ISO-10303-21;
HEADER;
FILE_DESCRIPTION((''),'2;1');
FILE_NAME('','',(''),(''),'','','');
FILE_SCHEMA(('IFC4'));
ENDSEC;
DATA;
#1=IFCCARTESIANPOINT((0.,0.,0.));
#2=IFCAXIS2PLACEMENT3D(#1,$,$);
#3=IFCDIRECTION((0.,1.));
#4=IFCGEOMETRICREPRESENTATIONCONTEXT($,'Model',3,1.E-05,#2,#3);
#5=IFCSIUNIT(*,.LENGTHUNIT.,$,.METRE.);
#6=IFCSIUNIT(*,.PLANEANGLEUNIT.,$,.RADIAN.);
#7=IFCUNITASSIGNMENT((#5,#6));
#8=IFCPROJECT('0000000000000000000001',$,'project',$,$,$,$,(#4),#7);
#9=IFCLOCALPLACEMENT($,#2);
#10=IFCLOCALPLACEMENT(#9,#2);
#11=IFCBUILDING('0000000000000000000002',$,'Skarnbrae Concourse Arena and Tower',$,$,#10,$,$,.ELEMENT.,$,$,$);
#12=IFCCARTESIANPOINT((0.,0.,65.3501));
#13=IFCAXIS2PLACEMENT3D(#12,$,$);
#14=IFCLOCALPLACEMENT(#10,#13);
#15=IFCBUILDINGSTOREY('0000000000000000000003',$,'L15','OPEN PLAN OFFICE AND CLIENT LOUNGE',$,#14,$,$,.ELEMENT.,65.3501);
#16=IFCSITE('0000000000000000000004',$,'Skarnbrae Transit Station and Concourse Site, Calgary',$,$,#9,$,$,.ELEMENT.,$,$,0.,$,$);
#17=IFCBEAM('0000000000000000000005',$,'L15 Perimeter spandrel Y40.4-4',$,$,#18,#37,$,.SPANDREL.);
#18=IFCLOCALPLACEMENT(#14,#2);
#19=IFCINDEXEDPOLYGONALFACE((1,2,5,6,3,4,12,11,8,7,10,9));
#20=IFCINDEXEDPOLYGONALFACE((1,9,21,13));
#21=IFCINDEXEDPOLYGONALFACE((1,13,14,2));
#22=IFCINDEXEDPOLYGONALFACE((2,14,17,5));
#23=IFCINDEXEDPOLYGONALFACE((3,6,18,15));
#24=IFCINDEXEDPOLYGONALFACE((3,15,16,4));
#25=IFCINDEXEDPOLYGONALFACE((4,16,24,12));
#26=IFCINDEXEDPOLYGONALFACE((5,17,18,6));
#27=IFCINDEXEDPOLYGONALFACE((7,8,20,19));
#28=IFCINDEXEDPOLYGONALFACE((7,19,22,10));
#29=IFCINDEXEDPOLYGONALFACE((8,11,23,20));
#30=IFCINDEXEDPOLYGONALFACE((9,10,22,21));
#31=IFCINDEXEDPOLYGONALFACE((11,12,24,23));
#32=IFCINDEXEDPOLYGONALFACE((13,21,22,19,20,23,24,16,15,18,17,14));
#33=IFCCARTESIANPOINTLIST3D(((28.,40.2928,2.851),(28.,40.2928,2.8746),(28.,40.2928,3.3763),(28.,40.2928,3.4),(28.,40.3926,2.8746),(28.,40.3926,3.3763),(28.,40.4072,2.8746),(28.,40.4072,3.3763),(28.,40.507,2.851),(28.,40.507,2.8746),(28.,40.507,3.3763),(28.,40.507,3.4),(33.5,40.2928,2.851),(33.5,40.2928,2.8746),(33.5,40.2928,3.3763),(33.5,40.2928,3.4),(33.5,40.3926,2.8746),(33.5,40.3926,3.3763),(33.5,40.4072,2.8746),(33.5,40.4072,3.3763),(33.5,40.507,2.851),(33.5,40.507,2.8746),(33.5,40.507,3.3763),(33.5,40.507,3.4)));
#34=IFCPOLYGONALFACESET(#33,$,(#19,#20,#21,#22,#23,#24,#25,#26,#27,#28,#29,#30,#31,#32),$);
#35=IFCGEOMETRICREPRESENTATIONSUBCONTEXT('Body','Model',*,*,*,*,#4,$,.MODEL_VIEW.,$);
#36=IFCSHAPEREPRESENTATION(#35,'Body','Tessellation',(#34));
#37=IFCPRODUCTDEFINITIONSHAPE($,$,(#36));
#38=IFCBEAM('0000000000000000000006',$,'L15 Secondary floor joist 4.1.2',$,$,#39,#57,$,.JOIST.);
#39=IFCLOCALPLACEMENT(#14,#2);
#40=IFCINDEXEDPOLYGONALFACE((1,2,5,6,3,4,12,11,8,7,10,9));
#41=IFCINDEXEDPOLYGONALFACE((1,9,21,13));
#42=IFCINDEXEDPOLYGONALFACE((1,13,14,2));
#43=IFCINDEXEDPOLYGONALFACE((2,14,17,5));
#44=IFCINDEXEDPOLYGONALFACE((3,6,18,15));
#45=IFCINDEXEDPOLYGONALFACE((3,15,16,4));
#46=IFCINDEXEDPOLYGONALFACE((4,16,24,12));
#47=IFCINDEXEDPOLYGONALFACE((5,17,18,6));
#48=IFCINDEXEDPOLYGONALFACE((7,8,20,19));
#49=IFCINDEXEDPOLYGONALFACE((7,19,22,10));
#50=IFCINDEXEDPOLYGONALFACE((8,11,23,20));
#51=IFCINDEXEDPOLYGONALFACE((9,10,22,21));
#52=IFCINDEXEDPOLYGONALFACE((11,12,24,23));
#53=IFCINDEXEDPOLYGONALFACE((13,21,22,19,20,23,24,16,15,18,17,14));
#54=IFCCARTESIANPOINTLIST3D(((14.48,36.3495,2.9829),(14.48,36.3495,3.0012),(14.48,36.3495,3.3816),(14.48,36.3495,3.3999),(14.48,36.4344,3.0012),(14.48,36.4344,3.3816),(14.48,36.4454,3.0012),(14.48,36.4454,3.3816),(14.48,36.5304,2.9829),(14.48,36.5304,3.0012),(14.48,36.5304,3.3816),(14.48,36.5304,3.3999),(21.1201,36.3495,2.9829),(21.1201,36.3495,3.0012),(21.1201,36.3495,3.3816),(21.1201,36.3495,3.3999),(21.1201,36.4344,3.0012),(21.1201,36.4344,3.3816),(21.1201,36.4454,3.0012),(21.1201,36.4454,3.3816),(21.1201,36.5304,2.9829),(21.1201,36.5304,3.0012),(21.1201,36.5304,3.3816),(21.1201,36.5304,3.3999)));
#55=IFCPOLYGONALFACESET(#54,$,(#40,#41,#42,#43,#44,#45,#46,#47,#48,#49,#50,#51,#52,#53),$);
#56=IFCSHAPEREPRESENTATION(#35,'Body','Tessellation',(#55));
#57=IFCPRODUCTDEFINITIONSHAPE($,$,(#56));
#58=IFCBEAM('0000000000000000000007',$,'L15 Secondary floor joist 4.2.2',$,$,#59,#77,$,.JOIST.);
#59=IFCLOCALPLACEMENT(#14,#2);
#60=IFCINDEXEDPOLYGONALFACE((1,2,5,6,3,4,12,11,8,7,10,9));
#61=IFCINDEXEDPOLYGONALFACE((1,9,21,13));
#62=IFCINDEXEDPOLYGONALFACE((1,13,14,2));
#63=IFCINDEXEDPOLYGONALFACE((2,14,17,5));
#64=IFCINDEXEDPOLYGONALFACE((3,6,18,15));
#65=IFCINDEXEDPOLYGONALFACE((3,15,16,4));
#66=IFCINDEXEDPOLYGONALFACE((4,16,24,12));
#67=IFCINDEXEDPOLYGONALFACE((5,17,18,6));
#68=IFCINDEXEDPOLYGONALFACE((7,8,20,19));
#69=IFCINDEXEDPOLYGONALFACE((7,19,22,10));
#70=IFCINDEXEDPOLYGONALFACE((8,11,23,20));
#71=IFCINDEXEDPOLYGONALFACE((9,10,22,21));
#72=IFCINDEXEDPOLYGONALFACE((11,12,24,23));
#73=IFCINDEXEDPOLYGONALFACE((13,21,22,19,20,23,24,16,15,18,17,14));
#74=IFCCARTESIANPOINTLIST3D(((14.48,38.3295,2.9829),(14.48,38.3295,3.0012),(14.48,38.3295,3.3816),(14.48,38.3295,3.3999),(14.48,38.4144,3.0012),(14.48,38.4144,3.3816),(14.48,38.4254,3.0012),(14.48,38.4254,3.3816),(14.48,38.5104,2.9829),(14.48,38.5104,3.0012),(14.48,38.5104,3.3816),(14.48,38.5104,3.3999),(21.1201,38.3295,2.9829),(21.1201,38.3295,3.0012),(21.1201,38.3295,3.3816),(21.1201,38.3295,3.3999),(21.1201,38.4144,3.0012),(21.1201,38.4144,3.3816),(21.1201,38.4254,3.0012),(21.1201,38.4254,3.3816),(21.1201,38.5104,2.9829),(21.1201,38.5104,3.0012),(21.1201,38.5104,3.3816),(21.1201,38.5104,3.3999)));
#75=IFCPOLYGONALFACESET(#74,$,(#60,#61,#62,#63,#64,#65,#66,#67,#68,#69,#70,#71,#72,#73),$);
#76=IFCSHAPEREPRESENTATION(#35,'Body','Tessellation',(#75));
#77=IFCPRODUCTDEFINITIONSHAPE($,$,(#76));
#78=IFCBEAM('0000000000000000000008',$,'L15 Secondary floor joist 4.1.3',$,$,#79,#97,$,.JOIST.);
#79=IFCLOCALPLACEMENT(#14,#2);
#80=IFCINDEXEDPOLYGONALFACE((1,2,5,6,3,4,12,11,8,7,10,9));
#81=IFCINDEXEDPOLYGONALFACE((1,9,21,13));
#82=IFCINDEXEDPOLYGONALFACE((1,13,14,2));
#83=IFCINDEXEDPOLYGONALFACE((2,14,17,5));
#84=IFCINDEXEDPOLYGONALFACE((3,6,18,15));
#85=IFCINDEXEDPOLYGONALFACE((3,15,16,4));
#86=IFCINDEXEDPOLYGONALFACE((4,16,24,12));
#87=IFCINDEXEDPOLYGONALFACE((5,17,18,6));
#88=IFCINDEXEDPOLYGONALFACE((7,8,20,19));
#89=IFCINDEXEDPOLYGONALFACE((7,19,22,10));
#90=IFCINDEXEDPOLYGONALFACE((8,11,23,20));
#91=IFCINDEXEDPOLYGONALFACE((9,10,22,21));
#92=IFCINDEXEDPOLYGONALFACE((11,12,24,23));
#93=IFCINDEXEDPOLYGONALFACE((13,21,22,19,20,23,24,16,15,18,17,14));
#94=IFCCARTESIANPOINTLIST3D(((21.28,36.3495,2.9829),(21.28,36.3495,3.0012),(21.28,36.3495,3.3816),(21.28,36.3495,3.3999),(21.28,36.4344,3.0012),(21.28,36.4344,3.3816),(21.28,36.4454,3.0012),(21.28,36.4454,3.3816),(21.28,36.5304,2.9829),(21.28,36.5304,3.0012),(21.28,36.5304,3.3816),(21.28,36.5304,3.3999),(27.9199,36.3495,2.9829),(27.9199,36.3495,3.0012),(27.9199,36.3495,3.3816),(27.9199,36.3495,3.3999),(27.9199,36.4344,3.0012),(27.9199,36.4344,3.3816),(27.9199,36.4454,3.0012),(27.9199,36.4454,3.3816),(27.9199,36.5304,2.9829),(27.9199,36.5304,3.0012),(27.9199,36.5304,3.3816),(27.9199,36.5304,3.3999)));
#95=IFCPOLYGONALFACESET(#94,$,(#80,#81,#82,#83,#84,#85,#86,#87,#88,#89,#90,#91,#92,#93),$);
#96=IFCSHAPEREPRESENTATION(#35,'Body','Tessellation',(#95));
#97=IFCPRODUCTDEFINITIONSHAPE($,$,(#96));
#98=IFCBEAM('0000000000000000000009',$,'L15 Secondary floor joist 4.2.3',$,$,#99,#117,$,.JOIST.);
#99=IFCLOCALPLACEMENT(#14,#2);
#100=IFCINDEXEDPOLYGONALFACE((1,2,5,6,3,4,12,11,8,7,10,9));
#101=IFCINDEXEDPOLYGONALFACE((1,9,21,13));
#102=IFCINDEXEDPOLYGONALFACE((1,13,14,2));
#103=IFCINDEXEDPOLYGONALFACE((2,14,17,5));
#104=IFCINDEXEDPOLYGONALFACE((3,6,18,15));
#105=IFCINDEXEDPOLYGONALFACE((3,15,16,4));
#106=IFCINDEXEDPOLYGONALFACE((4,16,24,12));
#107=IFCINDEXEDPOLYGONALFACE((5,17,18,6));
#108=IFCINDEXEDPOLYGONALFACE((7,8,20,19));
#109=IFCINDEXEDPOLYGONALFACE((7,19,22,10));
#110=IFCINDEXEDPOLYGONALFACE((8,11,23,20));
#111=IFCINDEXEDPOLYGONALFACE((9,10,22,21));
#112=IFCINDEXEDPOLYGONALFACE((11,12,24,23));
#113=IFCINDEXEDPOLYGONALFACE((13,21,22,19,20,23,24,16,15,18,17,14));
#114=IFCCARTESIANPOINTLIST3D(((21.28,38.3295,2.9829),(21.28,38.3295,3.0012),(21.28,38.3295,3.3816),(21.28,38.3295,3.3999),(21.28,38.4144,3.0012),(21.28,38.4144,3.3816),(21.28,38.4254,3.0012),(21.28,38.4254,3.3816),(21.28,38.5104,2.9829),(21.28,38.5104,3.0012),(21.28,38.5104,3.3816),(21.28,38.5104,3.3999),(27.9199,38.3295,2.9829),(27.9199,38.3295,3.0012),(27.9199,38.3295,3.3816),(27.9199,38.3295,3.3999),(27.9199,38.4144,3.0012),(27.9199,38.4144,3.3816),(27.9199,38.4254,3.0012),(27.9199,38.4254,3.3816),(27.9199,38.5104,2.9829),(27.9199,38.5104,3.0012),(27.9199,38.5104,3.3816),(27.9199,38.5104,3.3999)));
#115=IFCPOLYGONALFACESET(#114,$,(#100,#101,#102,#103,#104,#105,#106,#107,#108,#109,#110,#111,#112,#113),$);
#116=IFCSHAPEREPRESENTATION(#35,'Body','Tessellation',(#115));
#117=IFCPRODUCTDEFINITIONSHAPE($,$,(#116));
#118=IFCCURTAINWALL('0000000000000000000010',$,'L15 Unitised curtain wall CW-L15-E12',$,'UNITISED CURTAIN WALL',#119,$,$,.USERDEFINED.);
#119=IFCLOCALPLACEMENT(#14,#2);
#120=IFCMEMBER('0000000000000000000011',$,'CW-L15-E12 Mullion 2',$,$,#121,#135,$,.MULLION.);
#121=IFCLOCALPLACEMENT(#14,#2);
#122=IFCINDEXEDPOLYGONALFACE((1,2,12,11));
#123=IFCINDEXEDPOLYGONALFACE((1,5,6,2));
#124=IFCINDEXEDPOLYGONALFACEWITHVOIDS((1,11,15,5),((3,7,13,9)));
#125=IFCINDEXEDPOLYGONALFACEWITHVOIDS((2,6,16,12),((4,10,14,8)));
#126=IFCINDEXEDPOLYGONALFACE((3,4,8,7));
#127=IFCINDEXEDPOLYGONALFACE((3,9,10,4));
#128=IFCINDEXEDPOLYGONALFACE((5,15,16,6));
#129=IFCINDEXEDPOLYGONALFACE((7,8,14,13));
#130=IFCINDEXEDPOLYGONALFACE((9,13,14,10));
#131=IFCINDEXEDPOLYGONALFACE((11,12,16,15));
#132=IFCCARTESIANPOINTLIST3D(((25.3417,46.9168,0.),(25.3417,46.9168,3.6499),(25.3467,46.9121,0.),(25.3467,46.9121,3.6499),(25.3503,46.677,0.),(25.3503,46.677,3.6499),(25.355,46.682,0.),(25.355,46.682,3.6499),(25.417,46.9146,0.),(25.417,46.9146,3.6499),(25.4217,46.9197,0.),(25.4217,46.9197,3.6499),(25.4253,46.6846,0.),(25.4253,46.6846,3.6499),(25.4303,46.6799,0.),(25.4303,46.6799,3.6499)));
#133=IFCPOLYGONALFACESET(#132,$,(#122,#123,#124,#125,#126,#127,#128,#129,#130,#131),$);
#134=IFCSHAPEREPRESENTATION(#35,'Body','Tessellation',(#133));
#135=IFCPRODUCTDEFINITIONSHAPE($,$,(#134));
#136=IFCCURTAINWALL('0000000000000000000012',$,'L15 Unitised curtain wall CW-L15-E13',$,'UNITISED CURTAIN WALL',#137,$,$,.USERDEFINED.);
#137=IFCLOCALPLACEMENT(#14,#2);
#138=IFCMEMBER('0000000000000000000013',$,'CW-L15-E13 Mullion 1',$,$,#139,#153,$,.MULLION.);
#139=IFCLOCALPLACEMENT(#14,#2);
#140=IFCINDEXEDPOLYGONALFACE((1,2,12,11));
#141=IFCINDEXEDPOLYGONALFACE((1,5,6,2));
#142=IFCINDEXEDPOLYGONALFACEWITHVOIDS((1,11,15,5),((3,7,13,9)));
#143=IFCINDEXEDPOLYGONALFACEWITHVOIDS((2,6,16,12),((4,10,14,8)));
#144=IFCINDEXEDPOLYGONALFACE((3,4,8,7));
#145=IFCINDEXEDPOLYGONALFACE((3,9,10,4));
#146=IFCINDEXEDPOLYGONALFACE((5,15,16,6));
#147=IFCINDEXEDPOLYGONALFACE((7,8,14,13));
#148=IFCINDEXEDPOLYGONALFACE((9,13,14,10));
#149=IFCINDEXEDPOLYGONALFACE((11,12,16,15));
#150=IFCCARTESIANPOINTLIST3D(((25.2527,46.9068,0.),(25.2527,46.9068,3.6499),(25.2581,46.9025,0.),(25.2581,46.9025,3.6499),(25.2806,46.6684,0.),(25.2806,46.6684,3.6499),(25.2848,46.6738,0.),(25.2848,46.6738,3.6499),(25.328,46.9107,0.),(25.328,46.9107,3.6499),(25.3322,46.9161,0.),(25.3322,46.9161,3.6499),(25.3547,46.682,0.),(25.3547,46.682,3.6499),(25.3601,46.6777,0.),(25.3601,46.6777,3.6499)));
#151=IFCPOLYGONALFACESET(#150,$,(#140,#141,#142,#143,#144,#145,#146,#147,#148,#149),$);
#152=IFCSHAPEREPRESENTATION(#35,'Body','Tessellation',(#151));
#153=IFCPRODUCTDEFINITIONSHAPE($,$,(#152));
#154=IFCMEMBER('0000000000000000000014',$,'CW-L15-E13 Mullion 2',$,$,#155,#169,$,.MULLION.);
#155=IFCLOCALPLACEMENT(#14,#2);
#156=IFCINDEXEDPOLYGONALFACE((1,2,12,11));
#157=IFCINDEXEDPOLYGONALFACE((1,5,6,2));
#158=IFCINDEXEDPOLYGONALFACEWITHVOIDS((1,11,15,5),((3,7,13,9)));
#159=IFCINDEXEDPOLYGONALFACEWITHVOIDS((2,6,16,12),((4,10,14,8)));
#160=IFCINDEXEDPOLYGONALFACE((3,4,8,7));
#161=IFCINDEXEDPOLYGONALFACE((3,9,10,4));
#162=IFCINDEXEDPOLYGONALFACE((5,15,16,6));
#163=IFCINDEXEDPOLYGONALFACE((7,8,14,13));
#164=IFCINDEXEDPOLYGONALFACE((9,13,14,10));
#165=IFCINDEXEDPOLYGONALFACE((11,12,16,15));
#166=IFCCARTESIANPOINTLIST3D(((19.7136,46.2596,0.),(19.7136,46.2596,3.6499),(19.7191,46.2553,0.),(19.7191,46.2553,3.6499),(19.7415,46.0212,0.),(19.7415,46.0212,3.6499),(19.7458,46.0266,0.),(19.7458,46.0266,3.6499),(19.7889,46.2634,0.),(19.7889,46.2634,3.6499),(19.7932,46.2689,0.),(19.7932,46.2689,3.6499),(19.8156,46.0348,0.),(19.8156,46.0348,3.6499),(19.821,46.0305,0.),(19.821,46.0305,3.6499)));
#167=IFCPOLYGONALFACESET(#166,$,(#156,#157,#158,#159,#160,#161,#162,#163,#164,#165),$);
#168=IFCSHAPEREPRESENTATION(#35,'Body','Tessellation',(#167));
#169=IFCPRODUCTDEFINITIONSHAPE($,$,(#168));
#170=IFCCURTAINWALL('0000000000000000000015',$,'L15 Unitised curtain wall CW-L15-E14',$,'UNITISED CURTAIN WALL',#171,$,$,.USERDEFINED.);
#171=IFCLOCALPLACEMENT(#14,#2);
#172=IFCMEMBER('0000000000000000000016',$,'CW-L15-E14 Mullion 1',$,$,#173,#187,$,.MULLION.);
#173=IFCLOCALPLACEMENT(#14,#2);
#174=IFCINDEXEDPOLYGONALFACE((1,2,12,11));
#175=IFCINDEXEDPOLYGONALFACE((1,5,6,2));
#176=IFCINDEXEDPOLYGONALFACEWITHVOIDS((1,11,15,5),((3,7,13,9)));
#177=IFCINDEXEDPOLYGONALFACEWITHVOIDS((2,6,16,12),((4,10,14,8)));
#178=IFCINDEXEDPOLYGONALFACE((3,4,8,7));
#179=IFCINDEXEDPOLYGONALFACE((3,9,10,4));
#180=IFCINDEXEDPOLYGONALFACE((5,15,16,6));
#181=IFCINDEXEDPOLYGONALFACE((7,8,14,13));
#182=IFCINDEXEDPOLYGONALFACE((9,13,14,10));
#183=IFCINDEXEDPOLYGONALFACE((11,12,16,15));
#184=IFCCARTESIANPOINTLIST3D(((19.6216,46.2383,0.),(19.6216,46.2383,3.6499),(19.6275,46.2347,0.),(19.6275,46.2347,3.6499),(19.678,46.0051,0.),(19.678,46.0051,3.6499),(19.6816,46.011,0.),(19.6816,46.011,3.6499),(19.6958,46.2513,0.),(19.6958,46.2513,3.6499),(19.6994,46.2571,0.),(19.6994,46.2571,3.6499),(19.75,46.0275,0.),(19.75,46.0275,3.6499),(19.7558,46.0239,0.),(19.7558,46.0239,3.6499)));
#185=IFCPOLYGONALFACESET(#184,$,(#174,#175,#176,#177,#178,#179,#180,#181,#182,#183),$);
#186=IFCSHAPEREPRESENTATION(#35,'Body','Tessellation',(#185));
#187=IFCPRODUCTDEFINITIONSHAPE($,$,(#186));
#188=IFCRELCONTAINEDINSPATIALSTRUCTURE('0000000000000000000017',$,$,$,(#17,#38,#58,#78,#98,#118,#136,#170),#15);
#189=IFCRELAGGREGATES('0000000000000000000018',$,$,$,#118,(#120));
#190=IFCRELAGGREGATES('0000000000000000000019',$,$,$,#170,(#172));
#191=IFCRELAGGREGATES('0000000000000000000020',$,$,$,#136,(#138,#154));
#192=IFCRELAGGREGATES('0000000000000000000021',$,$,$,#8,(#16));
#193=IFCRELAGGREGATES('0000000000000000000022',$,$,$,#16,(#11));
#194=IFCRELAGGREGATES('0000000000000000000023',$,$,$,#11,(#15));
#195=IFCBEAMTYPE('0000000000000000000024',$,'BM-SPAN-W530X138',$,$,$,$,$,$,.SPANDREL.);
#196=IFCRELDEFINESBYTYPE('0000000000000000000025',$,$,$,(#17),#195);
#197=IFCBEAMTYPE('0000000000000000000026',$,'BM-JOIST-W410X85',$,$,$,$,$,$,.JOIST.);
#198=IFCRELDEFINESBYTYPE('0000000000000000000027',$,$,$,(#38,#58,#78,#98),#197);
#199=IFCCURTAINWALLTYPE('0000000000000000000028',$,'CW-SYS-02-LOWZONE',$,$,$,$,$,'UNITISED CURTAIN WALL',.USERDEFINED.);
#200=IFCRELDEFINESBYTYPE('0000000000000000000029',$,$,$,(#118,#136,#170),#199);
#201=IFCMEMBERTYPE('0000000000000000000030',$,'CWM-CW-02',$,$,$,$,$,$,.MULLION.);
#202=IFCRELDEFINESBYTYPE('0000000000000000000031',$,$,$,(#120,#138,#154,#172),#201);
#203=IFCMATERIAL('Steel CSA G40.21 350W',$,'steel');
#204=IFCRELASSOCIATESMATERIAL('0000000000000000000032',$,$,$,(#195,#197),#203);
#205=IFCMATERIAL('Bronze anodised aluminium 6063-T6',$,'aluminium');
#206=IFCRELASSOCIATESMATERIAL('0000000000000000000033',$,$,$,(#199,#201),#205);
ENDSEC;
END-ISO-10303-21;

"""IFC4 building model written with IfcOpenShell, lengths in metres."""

from ifc_helpers import new_model, si_unit, direction, frame, origin, origin_2d, place, context, subcontext, project, spatial, hollow_rectangle, i_section, extrude, source, transform, mapped, material, material_profile, profile_set, type_object, element, aggregate, save


model = new_model("IFC4")

# Units and contexts
model_context = context("Model", 3, precision=1e-05, world=origin(), true_north=direction((0.0, 1.0)))
body_context = subcontext(model_context, "Body", "Model", "MODEL_VIEW")
ifc_project = project(units=[si_unit("LENGTHUNIT", "METRE"), si_unit("PLANEANGLEUNIT", "RADIAN")], contexts=[model_context])

# Site, building, storey
site_placement = place(None, origin())
site = spatial("IfcSite", under=ifc_project, at=site_placement, Name="Skarnbrae Transit Station and Concourse Site, Calgary", CompositionType="ELEMENT", RefElevation=0.0)
building_placement = place(site_placement, origin())
building = spatial("IfcBuilding", under=site, at=building_placement, Name="Skarnbrae Concourse Arena and Tower", CompositionType="ELEMENT")
storey_placement = place(building_placement, frame((0.0, 0.0, 65.3501)))
storey = spatial("IfcBuildingStorey", under=building, at=storey_placement, Name="L15", Description="OPEN PLAN OFFICE AND CLIENT LOUNGE", CompositionType="ELEMENT", Elevation=65.3501)

# Shared definitions
ifc_material_1 = material(Name="Steel CSA G40.21 350W", Category="steel")

# Beams
ifc_material_profile_1 = material_profile(ifc_material_1, i_section(OverallWidth=0.2141, OverallDepth=0.5491, WebThickness=0.0146, FlangeThickness=0.0237, at=origin_2d()), Name="W530X138")
ifc_profile_set_1 = profile_set([ifc_material_profile_1], Name="Steel CSA G40.21 350W")
beam_type_1 = type_object("IfcBeamType", Name="BM-SPAN-W530X138", PredefinedType="SPANDREL", material=ifc_profile_set_1)
shared_shape_1 = source(origin(), body_context, "Body", "SweptSolid", [
    extrude(i_section(OverallWidth=0.2141, OverallDepth=0.5491, WebThickness=0.0146, FlangeThickness=0.0237, at=origin_2d()), origin(), (0.0, 0.0, 1.0), 5.5),
])
beam_1_placement = place(storey_placement, frame((28.0, 40.3999, 3.1255), z_axis=(1.0, 0.0, 0.0), x_axis=(0.0, 1.0, 0.0)))
element("IfcBeam", 1, at=beam_1_placement, inside=storey, type_object=beam_type_1, Name="L15 Perimeter spandrel Y40.4-4", PredefinedType="SPANDREL", context=body_context, shape_type="MappedRepresentation", body=[
    mapped(shared_shape_1, transform((0.0, 0.0, 0.0))),
])
ifc_material_profile_2 = material_profile(ifc_material_1, i_section(OverallWidth=0.1809, OverallDepth=0.417, WebThickness=0.011, FlangeThickness=0.0183, at=origin_2d()), Name="W410X85")
ifc_profile_set_2 = profile_set([ifc_material_profile_2], Name="Steel CSA G40.21 350W")
beam_type_2 = type_object("IfcBeamType", Name="BM-JOIST-W410X85", PredefinedType="JOIST", material=ifc_profile_set_2)
shared_shape_2 = source(origin(), body_context, "Body", "SweptSolid", [
    extrude(i_section(OverallWidth=0.1809, OverallDepth=0.417, WebThickness=0.011, FlangeThickness=0.0183, at=origin_2d()), origin(), (0.0, 0.0, 1.0), 6.6401),
])
for number, where, z_axis, x_axis, name in (
    (2, (14.48, 36.4399, 3.1914), (1.0, 0.0, 0.0), (0.0, 1.0, 0.0), "L15 Secondary floor joist 4.1.2"),
    (3, (14.48, 38.4199, 3.1914), (1.0, 0.0, 0.0), (0.0, 1.0, 0.0), "L15 Secondary floor joist 4.2.2"),
):
    element("IfcBeam", number, at=place(storey_placement, frame(where, z_axis=z_axis, x_axis=x_axis)), inside=storey, type_object=beam_type_2, Name=name, PredefinedType="JOIST", context=body_context, shape_type="MappedRepresentation", body=[
        mapped(shared_shape_2, transform((0.0, 0.0, 0.0))),
    ])
shared_shape_3 = source(origin(), body_context, "Body", "SweptSolid", [
    extrude(i_section(OverallWidth=0.1809, OverallDepth=0.417, WebThickness=0.011, FlangeThickness=0.0183, at=origin_2d()), origin(), (0.0, 0.0, 1.0), 6.6399),
])
for number, where, z_axis, x_axis, name in (
    (4, (21.28, 36.4399, 3.1914), (1.0, 0.0, 0.0), (0.0, 1.0, 0.0), "L15 Secondary floor joist 4.1.3"),
    (5, (21.28, 38.4199, 3.1914), (1.0, 0.0, 0.0), (0.0, 1.0, 0.0), "L15 Secondary floor joist 4.2.3"),
):
    element("IfcBeam", number, at=place(storey_placement, frame(where, z_axis=z_axis, x_axis=x_axis)), inside=storey, type_object=beam_type_2, Name=name, PredefinedType="JOIST", context=body_context, shape_type="MappedRepresentation", body=[
        mapped(shared_shape_3, transform((0.0, 0.0, 0.0))),
    ])

# Curtain wall, member
ifc_material_2 = material(Name="Bronze anodised aluminium 6063-T6", Category="aluminium")
curtain_wall_type = type_object("IfcCurtainWallType", Name="CW-SYS-02-LOWZONE", ElementType="UNITISED CURTAIN WALL", PredefinedType="USERDEFINED", material=ifc_material_2)
curtain_wall_1_placement = place(storey_placement, origin())
curtain_wall_1 = element("IfcCurtainWall", 6, at=curtain_wall_1_placement, inside=storey, type_object=curtain_wall_type, Name="L15 Unitised curtain wall CW-L15-E12", ObjectType="UNITISED CURTAIN WALL", PredefinedType="USERDEFINED")
ifc_material_profile_3 = material_profile(ifc_material_2, hollow_rectangle(XDim=0.0801, YDim=0.24, WallThickness=0.0049, at=origin_2d()), Name="ALU-MULL-80X240")
ifc_profile_set_3 = profile_set([ifc_material_profile_3], Name="Bronze anodised aluminium 6063-T6")
member_type_1 = type_object("IfcMemberType", Name="CWM-CW-02", PredefinedType="MULLION", material=ifc_profile_set_3)
shared_shape_4 = source(origin(), body_context, "Body", "SweptSolid", [
    extrude(hollow_rectangle(XDim=0.0801, YDim=0.24, WallThickness=0.0049, at=origin_2d()), origin(), (0.0, 0.0, 1.0), 3.6499),
])
member_1_placement = place(storey_placement, frame((25.386, 46.7983, 0.0), z_axis=(0.0, 0.0, 1.0), x_axis=(-0.999355, -0.035899, 0.0)))
member_1 = element("IfcMember", 7, at=member_1_placement, type_object=member_type_1, Name="CW-L15-E12 Mullion 2", PredefinedType="MULLION", context=body_context, shape_type="MappedRepresentation", body=[
    mapped(shared_shape_4, transform((0.0, 0.0, 0.0))),
])
aggregate(curtain_wall_1, [member_1])

# Curtain walls, members
curtain_wall_2_placement = place(storey_placement, origin())
curtain_wall_2 = element("IfcCurtainWall", 8, at=curtain_wall_2_placement, inside=storey, type_object=curtain_wall_type, Name="L15 Unitised curtain wall CW-L15-E13", ObjectType="UNITISED CURTAIN WALL", PredefinedType="USERDEFINED")
member_2_placement = place(storey_placement, frame((25.3064, 46.7922, 0.0), z_axis=(0.0, 0.0, 1.0), x_axis=(-0.993245, -0.11604, 0.0)))
member_2 = element("IfcMember", 9, at=member_2_placement, type_object=member_type_1, Name="CW-L15-E13 Mullion 1", PredefinedType="MULLION", context=body_context, shape_type="MappedRepresentation", body=[
    mapped(shared_shape_4, transform((0.0, 0.0, 0.0))),
])
member_3_placement = place(storey_placement, frame((19.7673, 46.145, 0.0), z_axis=(0.0, 0.0, 1.0), x_axis=(-0.993245, -0.11604, 0.0)))
member_3 = element("IfcMember", 10, at=member_3_placement, type_object=member_type_1, Name="CW-L15-E13 Mullion 2", PredefinedType="MULLION", context=body_context, shape_type="MappedRepresentation", body=[
    mapped(shared_shape_4, transform((0.0, 0.0, 0.0))),
])
curtain_wall_3_placement = place(storey_placement, origin())
curtain_wall_3 = element("IfcCurtainWall", 11, at=curtain_wall_3_placement, inside=storey, type_object=curtain_wall_type, Name="L15 Unitised curtain wall CW-L15-E14", ObjectType="UNITISED CURTAIN WALL", PredefinedType="USERDEFINED")
member_4_placement = place(storey_placement, frame((19.6887, 46.1311, 0.0), z_axis=(0.0, 0.0, 1.0), x_axis=(-0.971974, -0.23509, 0.0)))
member_4 = element("IfcMember", 12, at=member_4_placement, type_object=member_type_1, Name="CW-L15-E14 Mullion 1", PredefinedType="MULLION", context=body_context, shape_type="MappedRepresentation", body=[
    mapped(shared_shape_4, transform((0.0, 0.0, 0.0))),
])

aggregate(curtain_wall_3, [member_4])
aggregate(curtain_wall_2, [member_2, member_3])

save(model, "model.ifc")
